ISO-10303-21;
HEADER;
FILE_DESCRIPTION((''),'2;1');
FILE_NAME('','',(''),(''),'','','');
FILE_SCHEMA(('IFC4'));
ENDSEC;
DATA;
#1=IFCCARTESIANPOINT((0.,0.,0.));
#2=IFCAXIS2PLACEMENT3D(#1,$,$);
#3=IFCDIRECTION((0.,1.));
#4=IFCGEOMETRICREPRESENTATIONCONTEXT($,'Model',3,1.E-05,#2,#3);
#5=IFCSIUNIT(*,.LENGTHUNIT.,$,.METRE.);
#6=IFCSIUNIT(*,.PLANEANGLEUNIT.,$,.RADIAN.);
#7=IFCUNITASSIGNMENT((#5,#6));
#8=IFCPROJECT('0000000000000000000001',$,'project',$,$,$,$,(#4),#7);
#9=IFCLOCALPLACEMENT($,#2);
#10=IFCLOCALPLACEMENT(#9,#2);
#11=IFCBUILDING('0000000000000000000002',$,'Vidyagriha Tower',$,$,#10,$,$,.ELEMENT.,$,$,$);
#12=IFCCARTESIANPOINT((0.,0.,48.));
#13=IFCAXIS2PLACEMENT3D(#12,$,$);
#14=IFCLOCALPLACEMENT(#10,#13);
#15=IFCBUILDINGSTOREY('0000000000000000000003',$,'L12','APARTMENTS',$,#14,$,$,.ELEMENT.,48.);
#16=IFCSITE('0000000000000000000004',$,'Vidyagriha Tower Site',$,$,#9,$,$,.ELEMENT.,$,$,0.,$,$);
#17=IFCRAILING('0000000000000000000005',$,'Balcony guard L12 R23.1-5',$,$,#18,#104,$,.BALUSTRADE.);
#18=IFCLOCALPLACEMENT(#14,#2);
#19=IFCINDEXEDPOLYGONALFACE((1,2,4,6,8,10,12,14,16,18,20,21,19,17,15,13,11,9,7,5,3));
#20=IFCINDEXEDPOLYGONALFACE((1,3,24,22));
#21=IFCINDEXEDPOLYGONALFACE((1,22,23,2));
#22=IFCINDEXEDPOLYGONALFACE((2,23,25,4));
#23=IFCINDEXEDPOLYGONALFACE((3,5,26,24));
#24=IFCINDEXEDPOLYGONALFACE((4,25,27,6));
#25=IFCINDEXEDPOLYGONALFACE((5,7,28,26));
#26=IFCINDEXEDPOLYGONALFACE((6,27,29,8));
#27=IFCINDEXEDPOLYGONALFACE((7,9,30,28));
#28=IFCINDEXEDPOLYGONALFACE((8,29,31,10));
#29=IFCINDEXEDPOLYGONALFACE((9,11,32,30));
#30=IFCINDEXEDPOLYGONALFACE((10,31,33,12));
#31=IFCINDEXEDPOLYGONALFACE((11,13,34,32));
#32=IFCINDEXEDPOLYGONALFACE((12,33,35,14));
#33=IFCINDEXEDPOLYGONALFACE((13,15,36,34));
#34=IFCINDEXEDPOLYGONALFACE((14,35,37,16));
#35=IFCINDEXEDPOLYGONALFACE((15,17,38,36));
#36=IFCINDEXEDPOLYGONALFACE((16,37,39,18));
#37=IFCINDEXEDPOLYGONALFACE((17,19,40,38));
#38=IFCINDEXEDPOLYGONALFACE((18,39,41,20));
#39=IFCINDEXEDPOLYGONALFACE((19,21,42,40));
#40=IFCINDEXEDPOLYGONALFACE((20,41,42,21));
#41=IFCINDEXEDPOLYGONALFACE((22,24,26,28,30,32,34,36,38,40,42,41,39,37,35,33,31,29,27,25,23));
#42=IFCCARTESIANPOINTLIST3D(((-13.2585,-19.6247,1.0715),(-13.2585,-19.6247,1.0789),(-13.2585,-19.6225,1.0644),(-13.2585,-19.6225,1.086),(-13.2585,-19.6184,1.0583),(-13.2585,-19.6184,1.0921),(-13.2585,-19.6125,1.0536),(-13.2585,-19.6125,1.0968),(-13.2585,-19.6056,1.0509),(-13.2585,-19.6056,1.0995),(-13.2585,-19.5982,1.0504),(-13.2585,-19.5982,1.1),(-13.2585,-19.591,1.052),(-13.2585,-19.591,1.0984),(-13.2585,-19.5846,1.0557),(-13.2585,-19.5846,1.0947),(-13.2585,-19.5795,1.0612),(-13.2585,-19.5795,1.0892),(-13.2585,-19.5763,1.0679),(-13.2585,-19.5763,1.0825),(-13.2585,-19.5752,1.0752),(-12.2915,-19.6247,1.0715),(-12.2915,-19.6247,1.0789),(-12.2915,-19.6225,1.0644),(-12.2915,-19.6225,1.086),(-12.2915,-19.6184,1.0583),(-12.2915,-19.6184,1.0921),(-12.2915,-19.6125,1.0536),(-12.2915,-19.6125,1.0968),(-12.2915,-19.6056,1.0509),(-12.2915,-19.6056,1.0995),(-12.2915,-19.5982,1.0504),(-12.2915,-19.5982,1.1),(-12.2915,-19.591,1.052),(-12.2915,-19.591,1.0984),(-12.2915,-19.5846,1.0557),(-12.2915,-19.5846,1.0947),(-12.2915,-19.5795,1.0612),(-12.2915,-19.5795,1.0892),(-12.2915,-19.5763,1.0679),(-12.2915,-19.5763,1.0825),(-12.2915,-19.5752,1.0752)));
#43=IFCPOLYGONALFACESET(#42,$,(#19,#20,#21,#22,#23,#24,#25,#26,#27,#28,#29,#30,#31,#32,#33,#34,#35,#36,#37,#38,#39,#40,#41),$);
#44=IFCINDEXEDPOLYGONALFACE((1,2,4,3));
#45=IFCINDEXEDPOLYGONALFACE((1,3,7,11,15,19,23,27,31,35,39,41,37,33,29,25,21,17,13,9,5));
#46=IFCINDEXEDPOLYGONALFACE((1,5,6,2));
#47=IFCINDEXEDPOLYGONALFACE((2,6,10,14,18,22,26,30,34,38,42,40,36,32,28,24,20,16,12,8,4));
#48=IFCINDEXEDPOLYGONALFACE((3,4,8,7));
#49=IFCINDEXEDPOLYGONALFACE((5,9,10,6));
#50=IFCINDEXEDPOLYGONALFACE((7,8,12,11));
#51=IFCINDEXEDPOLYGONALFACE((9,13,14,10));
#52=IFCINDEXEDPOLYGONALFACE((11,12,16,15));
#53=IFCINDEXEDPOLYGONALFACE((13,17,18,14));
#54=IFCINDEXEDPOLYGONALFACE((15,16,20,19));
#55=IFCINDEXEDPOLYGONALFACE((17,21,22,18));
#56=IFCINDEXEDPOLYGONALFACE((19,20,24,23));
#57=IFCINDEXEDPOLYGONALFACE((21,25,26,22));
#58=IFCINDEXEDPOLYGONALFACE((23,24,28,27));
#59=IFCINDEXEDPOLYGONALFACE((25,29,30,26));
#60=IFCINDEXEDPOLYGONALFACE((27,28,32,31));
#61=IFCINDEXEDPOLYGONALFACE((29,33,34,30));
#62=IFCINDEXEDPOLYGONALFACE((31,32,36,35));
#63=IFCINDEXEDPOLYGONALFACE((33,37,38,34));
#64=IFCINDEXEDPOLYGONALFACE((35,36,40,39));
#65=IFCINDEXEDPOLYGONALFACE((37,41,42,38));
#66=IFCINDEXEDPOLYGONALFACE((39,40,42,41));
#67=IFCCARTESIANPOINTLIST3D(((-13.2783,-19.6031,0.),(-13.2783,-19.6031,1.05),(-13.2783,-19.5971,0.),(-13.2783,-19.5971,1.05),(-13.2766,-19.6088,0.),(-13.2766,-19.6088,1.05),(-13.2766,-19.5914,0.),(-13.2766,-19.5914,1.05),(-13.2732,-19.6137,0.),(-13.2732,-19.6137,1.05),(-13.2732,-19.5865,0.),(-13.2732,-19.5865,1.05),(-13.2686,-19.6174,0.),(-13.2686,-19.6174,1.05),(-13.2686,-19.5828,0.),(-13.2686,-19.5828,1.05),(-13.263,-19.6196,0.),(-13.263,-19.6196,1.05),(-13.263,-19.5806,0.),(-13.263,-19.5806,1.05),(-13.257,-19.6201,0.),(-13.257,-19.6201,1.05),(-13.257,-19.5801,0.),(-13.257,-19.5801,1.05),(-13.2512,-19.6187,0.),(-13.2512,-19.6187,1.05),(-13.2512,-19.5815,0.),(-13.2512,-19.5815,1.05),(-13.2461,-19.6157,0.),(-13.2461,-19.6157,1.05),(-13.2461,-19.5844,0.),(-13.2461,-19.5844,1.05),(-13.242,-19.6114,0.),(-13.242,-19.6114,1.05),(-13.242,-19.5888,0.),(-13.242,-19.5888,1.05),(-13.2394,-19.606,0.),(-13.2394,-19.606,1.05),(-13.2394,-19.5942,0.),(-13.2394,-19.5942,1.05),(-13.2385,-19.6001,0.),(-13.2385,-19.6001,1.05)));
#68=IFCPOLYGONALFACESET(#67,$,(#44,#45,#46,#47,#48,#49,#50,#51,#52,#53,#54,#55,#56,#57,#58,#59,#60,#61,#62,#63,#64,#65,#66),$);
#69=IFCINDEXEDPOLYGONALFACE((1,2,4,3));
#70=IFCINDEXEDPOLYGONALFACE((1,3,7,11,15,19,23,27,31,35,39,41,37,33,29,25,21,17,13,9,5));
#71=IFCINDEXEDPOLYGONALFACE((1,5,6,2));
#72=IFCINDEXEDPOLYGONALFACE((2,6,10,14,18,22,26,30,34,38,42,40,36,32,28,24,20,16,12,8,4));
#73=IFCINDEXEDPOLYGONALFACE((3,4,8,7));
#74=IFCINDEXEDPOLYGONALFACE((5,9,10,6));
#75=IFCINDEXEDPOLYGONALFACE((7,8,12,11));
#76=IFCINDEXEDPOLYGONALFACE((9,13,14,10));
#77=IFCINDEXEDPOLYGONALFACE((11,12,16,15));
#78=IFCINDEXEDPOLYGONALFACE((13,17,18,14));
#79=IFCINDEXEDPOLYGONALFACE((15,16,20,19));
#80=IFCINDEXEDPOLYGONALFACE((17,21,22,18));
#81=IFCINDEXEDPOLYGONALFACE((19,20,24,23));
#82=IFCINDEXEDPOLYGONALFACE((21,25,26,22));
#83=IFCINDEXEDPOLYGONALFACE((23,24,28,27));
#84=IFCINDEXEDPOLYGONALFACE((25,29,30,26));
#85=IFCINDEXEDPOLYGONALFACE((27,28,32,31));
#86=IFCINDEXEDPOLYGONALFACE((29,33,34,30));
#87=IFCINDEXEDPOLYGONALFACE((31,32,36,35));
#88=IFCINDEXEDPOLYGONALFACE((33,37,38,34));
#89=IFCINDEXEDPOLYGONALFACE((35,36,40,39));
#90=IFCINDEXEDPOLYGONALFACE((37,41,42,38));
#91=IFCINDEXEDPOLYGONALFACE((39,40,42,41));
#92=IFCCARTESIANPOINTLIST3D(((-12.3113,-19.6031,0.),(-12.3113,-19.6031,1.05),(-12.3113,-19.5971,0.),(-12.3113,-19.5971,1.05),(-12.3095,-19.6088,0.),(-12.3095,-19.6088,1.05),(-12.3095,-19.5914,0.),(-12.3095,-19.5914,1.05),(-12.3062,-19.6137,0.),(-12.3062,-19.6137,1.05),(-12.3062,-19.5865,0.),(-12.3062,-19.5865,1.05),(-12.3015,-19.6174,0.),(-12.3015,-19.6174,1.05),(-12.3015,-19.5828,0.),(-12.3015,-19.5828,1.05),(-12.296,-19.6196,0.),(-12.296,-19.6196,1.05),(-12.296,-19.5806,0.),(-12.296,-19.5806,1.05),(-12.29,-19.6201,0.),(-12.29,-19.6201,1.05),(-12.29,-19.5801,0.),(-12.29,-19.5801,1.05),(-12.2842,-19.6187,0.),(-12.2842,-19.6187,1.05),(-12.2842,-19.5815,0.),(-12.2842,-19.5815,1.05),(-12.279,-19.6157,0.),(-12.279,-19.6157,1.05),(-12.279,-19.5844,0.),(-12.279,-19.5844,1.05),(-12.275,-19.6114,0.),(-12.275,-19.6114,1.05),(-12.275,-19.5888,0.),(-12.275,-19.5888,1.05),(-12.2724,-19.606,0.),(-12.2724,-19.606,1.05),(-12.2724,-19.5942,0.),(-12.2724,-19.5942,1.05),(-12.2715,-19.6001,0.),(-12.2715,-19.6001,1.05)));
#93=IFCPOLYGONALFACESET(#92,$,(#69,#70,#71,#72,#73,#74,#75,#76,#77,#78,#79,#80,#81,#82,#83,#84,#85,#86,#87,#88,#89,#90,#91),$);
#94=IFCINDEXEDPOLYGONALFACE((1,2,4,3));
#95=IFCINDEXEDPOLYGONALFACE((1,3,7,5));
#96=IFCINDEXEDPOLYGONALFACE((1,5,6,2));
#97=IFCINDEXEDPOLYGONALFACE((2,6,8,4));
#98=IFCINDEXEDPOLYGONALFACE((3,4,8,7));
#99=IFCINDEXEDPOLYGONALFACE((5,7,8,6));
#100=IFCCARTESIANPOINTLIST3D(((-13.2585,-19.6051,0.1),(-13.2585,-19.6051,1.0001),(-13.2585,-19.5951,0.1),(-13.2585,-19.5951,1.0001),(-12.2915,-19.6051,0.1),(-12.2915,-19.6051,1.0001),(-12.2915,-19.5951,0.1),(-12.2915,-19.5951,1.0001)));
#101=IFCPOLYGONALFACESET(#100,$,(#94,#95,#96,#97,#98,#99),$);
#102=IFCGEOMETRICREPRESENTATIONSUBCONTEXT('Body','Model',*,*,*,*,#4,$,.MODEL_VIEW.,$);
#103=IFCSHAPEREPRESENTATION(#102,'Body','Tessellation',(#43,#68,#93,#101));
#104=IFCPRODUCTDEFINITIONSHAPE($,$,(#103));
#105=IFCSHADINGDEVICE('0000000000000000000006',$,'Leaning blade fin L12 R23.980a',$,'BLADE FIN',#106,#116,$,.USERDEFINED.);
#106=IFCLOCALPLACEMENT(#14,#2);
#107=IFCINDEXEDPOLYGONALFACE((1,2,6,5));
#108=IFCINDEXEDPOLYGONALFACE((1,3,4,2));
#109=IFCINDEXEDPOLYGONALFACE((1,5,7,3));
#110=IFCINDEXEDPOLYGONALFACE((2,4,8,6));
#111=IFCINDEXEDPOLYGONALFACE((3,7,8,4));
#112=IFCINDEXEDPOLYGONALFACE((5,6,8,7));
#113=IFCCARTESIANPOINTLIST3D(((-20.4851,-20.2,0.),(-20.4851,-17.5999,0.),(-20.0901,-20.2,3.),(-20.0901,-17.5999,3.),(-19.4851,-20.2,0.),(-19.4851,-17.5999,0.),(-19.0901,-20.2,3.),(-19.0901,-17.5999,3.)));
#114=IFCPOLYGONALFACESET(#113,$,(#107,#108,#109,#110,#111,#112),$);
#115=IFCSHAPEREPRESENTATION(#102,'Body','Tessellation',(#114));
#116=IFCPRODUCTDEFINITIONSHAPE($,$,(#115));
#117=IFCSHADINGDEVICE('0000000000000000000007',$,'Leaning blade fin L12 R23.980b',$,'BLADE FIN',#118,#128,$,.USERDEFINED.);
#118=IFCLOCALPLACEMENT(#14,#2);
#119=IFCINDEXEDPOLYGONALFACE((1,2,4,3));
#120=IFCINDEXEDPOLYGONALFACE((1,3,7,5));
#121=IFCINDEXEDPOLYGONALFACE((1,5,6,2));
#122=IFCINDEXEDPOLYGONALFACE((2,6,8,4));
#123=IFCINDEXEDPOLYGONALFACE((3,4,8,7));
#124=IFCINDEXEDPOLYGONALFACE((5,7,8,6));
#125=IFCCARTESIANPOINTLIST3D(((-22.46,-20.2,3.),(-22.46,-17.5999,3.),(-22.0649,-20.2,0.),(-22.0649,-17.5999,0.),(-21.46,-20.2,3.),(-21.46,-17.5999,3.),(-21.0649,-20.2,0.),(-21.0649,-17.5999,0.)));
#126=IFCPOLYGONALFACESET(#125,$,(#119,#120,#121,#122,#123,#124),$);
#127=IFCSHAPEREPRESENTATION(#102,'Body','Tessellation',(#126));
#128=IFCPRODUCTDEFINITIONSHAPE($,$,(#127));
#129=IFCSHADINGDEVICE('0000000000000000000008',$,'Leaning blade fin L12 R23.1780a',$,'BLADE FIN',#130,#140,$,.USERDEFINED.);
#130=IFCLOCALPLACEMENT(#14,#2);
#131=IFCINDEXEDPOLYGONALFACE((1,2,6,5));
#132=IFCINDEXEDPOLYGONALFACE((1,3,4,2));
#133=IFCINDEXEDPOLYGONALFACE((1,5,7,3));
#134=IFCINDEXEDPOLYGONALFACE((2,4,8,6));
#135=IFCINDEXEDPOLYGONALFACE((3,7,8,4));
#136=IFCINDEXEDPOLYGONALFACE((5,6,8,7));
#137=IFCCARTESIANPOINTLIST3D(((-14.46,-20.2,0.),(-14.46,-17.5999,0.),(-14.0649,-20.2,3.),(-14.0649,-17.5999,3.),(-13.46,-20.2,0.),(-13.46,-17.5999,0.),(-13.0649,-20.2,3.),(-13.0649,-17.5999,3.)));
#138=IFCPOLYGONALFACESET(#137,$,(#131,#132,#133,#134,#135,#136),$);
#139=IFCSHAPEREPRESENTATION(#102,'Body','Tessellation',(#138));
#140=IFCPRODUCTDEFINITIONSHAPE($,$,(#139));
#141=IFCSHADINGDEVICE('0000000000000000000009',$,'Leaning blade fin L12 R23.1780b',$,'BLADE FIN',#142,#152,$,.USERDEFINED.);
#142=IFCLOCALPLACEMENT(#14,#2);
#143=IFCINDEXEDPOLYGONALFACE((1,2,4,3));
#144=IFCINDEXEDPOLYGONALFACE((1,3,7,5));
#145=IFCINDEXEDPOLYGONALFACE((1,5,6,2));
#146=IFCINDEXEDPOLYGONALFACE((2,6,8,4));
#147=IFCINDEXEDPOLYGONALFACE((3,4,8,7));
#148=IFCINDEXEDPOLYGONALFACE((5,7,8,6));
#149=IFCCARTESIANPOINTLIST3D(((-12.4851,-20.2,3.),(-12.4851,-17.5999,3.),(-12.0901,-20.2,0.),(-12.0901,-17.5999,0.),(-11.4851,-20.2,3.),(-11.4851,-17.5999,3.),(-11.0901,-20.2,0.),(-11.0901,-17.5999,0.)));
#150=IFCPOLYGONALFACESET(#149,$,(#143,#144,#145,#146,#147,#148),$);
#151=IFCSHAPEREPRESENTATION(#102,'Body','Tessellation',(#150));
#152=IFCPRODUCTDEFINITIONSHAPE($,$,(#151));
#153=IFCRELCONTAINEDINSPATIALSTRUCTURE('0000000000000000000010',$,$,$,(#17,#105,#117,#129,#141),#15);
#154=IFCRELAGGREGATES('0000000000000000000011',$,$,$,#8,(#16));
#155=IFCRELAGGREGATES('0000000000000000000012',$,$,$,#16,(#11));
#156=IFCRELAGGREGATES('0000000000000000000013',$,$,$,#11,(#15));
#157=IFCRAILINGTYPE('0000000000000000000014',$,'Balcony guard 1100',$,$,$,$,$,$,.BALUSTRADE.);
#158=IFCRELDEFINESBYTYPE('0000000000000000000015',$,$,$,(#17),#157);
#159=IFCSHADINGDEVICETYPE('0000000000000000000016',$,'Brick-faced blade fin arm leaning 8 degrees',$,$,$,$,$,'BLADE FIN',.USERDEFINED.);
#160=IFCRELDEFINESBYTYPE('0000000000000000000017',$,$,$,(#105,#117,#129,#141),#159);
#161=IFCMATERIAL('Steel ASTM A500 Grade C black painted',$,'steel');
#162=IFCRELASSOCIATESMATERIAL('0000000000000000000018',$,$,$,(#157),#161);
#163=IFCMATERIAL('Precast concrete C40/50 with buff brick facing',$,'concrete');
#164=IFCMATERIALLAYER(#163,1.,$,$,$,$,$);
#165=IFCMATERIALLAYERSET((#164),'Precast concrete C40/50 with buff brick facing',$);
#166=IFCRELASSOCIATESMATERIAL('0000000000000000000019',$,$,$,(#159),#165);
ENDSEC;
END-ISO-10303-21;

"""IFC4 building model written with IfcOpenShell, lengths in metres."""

from ifc_helpers import new_model, si_unit, direction, frame, origin, origin_2d, place, context, subcontext, project, spatial, polyline, rectangle, circle, outline, extrude, material, layer, layer_set, type_object, element, save


model = new_model("IFC4")

# Units and contexts
model_context = context("Model", 3, precision=1e-05, world=origin(), true_north=direction((0.0, 1.0)))
body_context = subcontext(model_context, "Body", "Model", "MODEL_VIEW")
ifc_project = project(units=[si_unit("LENGTHUNIT", "METRE"), si_unit("PLANEANGLEUNIT", "RADIAN")], contexts=[model_context])

# Site, building, storey
site_placement = place(None, origin())
site = spatial("IfcSite", under=ifc_project, at=site_placement, Name="Vidyagriha Tower Site", CompositionType="ELEMENT", RefElevation=0.0)
building_placement = place(site_placement, origin())
building = spatial("IfcBuilding", under=site, at=building_placement, Name="Vidyagriha Tower", CompositionType="ELEMENT")
storey_placement = place(building_placement, frame((0.0, 0.0, 48.0)))
storey = spatial("IfcBuildingStorey", under=building, at=storey_placement, Name="L12", Description="APARTMENTS", CompositionType="ELEMENT", Elevation=48.0)

# Railing
ifc_material_1 = material(Name="Steel ASTM A500 Grade C black painted", Category="steel")
railing_type = type_object("IfcRailingType", Name="Balcony guard 1100", PredefinedType="BALUSTRADE", material=ifc_material_1)
railing_1_placement = place(storey_placement, frame((-13.2585, -19.6001, 0.0)))
element("IfcRailing", 1, at=railing_1_placement, inside=storey, type_object=railing_type, Name="Balcony guard L12 R23.1-5", PredefinedType="BALUSTRADE", context=body_context, shape_type="SweptSolid", body=[
    extrude(circle(Radius=0.0249, at=origin_2d()), frame((0.0, 0.0, 1.0752), z_axis=(1.0, 0.0, 0.0), x_axis=(0.0, 1.0, 0.0)), (0.0, 0.0, 1.0), 0.967),
    extrude(circle(Radius=0.02, at=origin_2d()), origin(), (0.0, 0.0, 1.0), 1.05),
    extrude(circle(Radius=0.02, at=origin_2d()), frame((0.967, 0.0, 0.0)), (0.0, 0.0, 1.0), 1.05),
    extrude(rectangle(XDim=0.01, YDim=0.9001, at=origin_2d()), frame((0.0, 0.0, 0.55), z_axis=(1.0, 0.0, 0.0), x_axis=(0.0, 1.0, 0.0)), (0.0, 0.0, 1.0), 0.967),
])

# Shading devices
ifc_material_2 = material(Name="Precast concrete C40/50 with buff brick facing", Category="concrete")
ifc_layer_1 = layer(ifc_material_2, 1.0)
ifc_layer_set_1 = layer_set([ifc_layer_1], Name="Precast concrete C40/50 with buff brick facing")
shading_device_type = type_object("IfcShadingDeviceType", Name="Brick-faced blade fin arm leaning 8 degrees", ElementType="BLADE FIN", PredefinedType="USERDEFINED", material=ifc_layer_set_1)
shading_device_1_placement = place(storey_placement, frame((-20.4851, -18.8999, 0.0)))
element("IfcShadingDevice", 2, at=shading_device_1_placement, inside=storey, type_object=shading_device_type, Name="Leaning blade fin L12 R23.980a", ObjectType="BLADE FIN", PredefinedType="USERDEFINED", context=body_context, shape_type="SweptSolid", body=[
    extrude(outline(polyline([(0.0, 0.0), (1.0, 0.0), (1.395, 3.0), (0.395, 3.0), (0.0, 0.0)])), frame((0.0, 1.3, 0.0), z_axis=(0.0, -1.0, 0.0), x_axis=(1.0, 0.0, 0.0)), (0.0, 0.0, 1.0), 2.6001),
])
shading_device_2_placement = place(storey_placement, frame((-22.46, -18.8999, 0.0)))
element("IfcShadingDevice", 3, at=shading_device_2_placement, inside=storey, type_object=shading_device_type, Name="Leaning blade fin L12 R23.980b", ObjectType="BLADE FIN", PredefinedType="USERDEFINED", context=body_context, shape_type="SweptSolid", body=[
    extrude(outline(polyline([(0.395, 0.0), (1.395, 0.0), (1.0, 3.0), (0.0, 3.0), (0.395, 0.0)])), frame((0.0, 1.3, 0.0), z_axis=(0.0, -1.0, 0.0), x_axis=(1.0, 0.0, 0.0)), (0.0, 0.0, 1.0), 2.6001),
])
shading_device_3_placement = place(storey_placement, frame((-14.46, -18.8999, 0.0)))
element("IfcShadingDevice", 4, at=shading_device_3_placement, inside=storey, type_object=shading_device_type, Name="Leaning blade fin L12 R23.1780a", ObjectType="BLADE FIN", PredefinedType="USERDEFINED", context=body_context, shape_type="SweptSolid", body=[
    extrude(outline(polyline([(0.0, 0.0), (1.0, 0.0), (1.395, 3.0), (0.395, 3.0), (0.0, 0.0)])), frame((0.0, 1.3, 0.0), z_axis=(0.0, -1.0, 0.0), x_axis=(1.0, 0.0, 0.0)), (0.0, 0.0, 1.0), 2.6001),
])
shading_device_4_placement = place(storey_placement, frame((-12.4851, -18.8999, 0.0)))
element("IfcShadingDevice", 5, at=shading_device_4_placement, inside=storey, type_object=shading_device_type, Name="Leaning blade fin L12 R23.1780b", ObjectType="BLADE FIN", PredefinedType="USERDEFINED", context=body_context, shape_type="SweptSolid", body=[
    extrude(outline(polyline([(0.395, 0.0), (1.395, 0.0), (1.0, 3.0), (0.0, 3.0), (0.395, 0.0)])), frame((0.0, 1.3, 0.0), z_axis=(0.0, -1.0, 0.0), x_axis=(1.0, 0.0, 0.0)), (0.0, 0.0, 1.0), 2.6001),
])

save(model, "model.ifc")
